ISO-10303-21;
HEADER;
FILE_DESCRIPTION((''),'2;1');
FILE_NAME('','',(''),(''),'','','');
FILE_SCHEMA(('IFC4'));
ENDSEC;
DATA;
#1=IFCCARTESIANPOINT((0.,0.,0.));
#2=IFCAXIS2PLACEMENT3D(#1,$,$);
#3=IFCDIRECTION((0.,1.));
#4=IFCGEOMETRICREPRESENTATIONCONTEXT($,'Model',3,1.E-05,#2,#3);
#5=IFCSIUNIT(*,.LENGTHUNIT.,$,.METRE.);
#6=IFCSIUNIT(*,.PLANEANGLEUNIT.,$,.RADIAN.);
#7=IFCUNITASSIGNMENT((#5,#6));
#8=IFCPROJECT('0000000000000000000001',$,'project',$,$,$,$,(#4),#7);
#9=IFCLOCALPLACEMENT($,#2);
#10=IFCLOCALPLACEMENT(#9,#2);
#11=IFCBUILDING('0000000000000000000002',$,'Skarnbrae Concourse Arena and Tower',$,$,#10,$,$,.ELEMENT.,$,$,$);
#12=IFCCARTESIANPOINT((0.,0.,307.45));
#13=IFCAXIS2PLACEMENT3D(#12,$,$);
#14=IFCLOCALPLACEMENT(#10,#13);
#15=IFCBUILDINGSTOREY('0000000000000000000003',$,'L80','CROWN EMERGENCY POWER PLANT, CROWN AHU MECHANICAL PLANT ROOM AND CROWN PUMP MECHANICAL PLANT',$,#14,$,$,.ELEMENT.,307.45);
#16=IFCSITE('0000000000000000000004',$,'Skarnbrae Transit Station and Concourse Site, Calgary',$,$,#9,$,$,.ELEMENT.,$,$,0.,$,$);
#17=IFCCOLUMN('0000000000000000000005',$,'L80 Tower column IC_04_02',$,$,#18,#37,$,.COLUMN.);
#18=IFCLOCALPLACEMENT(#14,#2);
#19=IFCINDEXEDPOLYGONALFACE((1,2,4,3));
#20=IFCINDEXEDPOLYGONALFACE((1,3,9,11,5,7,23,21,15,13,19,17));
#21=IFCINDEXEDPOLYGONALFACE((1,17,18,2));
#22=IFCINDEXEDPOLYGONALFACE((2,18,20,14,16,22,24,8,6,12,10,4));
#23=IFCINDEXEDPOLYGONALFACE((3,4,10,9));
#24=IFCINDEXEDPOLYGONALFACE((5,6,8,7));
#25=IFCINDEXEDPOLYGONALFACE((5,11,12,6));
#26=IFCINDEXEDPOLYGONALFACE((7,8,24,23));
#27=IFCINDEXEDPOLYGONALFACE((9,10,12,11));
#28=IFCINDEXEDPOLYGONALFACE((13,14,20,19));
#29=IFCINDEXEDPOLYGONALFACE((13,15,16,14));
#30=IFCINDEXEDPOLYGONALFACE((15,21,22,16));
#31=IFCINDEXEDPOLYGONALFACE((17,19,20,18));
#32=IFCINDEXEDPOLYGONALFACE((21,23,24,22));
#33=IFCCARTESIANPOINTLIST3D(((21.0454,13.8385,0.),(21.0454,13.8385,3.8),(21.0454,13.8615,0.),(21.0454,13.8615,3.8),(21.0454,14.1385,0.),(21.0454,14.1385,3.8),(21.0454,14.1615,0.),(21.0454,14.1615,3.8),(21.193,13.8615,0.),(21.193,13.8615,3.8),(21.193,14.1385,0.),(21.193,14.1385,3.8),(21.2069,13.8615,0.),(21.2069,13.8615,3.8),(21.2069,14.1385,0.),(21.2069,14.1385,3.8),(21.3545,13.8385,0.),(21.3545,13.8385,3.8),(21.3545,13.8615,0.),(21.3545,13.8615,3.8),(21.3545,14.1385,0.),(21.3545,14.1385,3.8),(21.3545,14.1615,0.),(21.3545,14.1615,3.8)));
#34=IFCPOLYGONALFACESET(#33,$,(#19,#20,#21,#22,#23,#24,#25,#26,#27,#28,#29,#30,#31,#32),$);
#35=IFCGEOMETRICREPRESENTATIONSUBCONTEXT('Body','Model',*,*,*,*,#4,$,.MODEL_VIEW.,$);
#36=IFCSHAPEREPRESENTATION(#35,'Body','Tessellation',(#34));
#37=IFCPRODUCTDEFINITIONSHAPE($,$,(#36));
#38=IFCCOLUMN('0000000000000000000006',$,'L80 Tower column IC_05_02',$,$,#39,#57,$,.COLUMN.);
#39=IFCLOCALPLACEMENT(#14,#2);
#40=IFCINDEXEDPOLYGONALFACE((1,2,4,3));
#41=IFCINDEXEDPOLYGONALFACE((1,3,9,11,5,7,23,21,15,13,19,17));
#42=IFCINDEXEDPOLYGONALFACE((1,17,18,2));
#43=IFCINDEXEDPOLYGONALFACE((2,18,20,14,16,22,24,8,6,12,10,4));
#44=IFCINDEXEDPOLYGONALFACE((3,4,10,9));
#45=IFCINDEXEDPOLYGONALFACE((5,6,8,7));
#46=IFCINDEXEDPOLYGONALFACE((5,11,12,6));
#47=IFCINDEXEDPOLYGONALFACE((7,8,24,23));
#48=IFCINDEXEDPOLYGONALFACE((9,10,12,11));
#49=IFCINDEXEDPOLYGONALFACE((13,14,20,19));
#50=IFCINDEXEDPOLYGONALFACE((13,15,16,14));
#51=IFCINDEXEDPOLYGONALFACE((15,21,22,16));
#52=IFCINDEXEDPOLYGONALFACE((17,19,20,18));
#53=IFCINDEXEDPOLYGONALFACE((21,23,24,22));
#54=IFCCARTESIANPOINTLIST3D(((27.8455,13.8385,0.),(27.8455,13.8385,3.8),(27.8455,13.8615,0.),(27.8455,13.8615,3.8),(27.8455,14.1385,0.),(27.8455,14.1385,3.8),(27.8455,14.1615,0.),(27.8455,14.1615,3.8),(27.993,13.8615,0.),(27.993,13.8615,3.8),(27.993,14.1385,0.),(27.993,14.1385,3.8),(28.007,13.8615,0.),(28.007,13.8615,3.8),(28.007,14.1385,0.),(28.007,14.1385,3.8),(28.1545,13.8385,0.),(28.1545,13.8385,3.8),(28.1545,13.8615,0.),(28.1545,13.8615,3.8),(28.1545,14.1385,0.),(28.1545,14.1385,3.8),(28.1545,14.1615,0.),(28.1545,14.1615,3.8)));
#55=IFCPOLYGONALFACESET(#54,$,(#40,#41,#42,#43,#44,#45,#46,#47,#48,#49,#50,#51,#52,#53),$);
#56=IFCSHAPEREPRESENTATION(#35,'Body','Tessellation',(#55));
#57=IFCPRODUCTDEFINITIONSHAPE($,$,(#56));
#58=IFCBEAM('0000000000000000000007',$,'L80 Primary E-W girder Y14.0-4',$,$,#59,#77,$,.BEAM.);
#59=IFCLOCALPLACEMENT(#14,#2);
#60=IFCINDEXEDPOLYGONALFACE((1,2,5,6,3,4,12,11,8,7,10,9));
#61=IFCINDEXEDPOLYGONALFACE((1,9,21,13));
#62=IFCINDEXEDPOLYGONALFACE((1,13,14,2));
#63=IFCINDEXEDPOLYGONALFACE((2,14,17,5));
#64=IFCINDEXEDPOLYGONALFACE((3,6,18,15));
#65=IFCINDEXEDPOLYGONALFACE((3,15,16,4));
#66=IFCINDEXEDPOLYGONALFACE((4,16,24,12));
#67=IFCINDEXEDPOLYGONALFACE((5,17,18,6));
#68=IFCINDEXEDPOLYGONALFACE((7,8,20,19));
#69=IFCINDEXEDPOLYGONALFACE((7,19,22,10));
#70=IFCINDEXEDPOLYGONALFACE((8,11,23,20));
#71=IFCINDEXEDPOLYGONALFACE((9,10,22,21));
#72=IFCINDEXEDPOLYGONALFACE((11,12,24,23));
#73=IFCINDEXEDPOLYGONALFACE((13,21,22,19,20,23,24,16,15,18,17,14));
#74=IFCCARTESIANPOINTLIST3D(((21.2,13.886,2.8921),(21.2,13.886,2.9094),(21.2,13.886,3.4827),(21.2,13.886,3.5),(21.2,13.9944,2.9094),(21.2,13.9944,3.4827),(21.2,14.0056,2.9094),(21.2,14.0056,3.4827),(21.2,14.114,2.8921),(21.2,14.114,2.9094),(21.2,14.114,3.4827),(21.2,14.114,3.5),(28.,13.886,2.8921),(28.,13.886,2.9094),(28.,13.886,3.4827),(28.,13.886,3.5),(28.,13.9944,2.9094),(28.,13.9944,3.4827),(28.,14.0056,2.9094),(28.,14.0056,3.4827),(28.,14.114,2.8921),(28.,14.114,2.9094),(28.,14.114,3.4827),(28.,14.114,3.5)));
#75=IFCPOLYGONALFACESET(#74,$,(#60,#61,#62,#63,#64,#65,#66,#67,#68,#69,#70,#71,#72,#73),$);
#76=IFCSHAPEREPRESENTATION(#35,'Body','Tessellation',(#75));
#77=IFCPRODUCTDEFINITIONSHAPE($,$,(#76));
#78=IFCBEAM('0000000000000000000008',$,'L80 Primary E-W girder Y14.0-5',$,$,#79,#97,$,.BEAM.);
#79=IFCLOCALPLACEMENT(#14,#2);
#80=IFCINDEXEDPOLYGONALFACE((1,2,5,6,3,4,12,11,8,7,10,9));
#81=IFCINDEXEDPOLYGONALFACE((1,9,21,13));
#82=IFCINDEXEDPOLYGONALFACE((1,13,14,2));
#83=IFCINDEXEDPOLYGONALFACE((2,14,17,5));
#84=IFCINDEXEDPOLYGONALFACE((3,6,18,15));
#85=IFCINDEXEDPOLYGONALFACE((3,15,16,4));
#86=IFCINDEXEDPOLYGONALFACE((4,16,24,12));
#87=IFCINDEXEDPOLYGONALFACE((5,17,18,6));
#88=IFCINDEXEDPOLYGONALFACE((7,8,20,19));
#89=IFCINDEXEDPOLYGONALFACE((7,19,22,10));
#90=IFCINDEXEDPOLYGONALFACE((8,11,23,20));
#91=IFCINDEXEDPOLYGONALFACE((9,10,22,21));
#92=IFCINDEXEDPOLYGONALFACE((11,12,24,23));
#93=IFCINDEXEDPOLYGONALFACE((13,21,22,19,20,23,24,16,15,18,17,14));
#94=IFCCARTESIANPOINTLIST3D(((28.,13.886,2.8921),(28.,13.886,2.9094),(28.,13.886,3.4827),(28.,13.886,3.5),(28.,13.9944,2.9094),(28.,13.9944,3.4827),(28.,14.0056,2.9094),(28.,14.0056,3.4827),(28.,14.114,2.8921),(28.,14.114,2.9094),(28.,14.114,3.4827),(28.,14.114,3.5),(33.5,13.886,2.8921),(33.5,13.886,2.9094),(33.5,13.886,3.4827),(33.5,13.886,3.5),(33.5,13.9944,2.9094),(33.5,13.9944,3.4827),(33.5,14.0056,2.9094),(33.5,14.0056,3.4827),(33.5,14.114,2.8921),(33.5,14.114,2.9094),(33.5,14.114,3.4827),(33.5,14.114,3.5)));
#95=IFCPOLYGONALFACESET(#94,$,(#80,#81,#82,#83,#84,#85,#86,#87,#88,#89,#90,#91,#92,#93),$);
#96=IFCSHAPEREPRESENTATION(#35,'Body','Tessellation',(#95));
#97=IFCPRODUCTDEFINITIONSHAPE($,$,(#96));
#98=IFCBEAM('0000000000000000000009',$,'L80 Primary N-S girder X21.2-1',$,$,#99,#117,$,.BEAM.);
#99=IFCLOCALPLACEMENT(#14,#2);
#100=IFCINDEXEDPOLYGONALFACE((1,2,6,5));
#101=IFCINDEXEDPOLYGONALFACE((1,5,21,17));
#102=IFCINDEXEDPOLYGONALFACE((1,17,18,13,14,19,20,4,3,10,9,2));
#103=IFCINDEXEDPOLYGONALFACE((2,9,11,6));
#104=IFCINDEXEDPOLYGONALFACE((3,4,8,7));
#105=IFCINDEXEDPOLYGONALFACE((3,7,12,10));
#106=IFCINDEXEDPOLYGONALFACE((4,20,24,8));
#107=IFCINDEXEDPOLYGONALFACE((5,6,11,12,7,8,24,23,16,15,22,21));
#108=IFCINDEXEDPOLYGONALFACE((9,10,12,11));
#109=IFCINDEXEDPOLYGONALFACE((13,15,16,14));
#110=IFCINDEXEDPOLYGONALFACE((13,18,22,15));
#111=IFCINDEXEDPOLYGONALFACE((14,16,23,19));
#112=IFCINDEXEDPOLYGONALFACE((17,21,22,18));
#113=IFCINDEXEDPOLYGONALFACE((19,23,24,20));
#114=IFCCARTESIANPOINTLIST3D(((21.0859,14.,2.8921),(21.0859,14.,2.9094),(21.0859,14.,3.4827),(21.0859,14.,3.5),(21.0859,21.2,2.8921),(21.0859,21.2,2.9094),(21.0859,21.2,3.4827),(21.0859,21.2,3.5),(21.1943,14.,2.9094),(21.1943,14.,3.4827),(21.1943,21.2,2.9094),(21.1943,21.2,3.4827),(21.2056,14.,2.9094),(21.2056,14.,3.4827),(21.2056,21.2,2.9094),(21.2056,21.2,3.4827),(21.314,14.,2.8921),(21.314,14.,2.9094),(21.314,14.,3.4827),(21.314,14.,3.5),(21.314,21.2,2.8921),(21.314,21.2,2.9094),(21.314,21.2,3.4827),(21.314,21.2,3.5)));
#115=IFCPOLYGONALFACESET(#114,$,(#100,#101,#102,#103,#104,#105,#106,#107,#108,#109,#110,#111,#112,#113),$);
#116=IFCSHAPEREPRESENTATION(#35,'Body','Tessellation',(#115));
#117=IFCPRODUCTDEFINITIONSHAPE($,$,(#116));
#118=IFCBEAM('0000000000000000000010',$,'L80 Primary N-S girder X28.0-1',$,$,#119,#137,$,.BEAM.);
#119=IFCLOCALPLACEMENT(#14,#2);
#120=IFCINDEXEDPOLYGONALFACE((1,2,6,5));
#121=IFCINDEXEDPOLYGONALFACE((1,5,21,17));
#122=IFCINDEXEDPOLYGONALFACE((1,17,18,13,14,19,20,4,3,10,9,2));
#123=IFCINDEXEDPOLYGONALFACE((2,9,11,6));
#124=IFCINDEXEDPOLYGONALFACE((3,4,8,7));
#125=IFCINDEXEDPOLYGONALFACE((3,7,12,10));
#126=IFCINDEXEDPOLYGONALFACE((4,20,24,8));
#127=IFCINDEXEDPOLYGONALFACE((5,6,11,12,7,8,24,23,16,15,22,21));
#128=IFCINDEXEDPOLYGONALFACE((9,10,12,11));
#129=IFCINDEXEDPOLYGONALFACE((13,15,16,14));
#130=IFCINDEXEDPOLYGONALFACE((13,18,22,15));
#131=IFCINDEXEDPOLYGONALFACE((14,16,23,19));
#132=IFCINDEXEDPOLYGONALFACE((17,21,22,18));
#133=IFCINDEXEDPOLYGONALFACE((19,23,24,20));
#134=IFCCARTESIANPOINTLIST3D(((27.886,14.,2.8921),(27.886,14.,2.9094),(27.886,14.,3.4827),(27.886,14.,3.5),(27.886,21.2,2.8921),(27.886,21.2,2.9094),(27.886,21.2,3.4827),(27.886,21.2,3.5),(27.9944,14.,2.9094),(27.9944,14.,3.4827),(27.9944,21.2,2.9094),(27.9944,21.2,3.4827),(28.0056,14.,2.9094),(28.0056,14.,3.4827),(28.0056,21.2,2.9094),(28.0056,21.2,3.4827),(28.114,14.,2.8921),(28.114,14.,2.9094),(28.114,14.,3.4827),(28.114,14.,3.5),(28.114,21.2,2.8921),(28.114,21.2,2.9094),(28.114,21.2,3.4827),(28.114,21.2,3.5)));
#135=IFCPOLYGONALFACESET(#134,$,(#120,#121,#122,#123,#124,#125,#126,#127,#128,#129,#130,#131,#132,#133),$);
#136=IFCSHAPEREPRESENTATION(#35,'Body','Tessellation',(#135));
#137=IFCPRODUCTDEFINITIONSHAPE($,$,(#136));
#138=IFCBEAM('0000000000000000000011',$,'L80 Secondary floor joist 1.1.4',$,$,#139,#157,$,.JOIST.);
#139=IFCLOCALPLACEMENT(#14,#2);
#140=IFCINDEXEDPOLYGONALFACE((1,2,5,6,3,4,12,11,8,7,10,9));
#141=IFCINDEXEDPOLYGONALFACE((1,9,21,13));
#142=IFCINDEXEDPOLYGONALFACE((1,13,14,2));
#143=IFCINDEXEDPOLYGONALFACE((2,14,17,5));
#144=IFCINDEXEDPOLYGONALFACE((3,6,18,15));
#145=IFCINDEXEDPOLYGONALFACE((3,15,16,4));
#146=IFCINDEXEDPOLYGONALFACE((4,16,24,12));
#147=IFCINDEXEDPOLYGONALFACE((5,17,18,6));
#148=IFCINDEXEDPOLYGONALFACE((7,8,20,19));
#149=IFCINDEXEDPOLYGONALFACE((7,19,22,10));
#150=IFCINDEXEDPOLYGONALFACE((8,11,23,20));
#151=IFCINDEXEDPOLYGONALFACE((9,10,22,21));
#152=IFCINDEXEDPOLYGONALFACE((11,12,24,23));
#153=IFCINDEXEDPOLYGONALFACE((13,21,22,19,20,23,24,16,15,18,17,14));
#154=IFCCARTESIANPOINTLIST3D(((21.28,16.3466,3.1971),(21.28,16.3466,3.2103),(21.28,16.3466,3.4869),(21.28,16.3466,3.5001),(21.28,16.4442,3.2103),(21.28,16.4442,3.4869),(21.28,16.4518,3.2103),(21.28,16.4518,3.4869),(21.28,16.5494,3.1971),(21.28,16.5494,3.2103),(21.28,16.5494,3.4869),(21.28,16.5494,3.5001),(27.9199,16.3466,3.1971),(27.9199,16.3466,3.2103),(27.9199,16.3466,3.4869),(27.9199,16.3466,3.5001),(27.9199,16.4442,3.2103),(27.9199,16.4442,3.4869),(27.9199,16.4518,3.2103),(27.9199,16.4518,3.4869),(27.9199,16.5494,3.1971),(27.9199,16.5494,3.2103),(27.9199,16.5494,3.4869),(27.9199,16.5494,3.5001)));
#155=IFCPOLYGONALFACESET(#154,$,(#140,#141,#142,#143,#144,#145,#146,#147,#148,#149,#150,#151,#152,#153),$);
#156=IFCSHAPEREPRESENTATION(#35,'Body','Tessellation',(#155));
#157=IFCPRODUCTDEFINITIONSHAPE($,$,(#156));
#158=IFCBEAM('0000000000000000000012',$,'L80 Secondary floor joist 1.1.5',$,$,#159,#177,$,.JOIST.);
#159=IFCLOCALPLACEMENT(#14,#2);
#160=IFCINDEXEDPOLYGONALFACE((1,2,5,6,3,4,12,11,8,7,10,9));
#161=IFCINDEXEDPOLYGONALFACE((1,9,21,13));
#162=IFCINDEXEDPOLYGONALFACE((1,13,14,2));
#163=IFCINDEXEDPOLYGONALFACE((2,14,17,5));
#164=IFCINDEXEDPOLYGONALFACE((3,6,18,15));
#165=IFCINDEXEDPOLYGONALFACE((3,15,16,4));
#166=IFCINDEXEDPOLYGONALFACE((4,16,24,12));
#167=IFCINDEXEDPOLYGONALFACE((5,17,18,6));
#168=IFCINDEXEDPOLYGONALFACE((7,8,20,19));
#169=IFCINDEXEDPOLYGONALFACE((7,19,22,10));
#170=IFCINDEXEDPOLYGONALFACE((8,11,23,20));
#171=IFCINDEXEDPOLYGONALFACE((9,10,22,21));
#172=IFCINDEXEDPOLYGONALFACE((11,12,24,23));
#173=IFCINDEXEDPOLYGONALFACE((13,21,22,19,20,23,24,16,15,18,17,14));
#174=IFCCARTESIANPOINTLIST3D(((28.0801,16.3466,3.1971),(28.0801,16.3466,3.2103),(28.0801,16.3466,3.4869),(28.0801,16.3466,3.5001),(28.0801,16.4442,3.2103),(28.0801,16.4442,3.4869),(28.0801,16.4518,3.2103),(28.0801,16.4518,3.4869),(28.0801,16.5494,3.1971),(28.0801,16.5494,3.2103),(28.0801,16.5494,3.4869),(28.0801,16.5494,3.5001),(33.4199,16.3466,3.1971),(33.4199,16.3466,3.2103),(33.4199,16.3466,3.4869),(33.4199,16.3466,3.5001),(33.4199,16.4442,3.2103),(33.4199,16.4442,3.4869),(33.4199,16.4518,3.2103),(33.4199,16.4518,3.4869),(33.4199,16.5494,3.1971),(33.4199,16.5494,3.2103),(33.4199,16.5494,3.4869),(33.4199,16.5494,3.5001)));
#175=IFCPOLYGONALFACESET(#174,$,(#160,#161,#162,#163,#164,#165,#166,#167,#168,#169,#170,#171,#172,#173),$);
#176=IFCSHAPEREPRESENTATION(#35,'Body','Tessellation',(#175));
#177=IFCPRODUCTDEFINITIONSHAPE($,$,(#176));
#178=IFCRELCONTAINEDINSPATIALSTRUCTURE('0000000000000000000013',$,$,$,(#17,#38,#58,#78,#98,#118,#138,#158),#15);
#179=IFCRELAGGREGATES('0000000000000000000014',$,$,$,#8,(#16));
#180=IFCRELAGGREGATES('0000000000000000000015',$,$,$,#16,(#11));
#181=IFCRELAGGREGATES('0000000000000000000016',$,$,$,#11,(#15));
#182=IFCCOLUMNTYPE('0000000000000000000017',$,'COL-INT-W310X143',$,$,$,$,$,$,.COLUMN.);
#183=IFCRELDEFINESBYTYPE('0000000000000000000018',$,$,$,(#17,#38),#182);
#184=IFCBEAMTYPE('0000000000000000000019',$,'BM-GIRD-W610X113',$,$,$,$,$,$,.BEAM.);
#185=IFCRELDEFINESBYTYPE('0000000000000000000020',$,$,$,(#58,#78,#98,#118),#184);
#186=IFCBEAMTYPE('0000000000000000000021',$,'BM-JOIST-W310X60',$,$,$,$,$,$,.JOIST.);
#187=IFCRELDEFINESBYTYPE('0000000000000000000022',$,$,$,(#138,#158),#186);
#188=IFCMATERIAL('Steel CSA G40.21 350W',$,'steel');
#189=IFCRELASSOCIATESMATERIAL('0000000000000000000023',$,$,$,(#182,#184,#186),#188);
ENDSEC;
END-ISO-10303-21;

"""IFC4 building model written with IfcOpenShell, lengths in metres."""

from ifc_helpers import new_model, si_unit, direction, frame, origin, origin_2d, place, context, subcontext, project, spatial, i_section, extrude, source, transform, mapped, material, material_profile, profile_set, type_object, element, save


model = new_model("IFC4")

# Units and contexts
model_context = context("Model", 3, precision=1e-05, world=origin(), true_north=direction((0.0, 1.0)))
body_context = subcontext(model_context, "Body", "Model", "MODEL_VIEW")
ifc_project = project(units=[si_unit("LENGTHUNIT", "METRE"), si_unit("PLANEANGLEUNIT", "RADIAN")], contexts=[model_context])

# Site, building, storey
site_placement = place(None, origin())
site = spatial("IfcSite", under=ifc_project, at=site_placement, Name="Skarnbrae Transit Station and Concourse Site, Calgary", CompositionType="ELEMENT", RefElevation=0.0)
building_placement = place(site_placement, origin())
building = spatial("IfcBuilding", under=site, at=building_placement, Name="Skarnbrae Concourse Arena and Tower", CompositionType="ELEMENT")
storey_placement = place(building_placement, frame((0.0, 0.0, 307.45)))
storey = spatial("IfcBuildingStorey", under=building, at=storey_placement, Name="L80", Description="CROWN EMERGENCY POWER PLANT, CROWN AHU MECHANICAL PLANT ROOM AND CROWN PUMP MECHANICAL PLANT", CompositionType="ELEMENT", Elevation=307.45)

# Columns
ifc_material_1 = material(Name="Steel CSA G40.21 350W", Category="steel")
ifc_material_profile_1 = material_profile(ifc_material_1, i_section(OverallWidth=0.3091, OverallDepth=0.323, WebThickness=0.0139, FlangeThickness=0.0229, at=origin_2d()), Name="W310X143")
ifc_profile_set_1 = profile_set([ifc_material_profile_1], Name="Steel CSA G40.21 350W")
column_type = type_object("IfcColumnType", Name="COL-INT-W310X143", PredefinedType="COLUMN", material=ifc_profile_set_1)
shared_shape_1 = source(origin(), body_context, "Body", "SweptSolid", [
    extrude(i_section(OverallWidth=0.3091, OverallDepth=0.323, WebThickness=0.0139, FlangeThickness=0.0229, at=origin_2d()), origin(), (0.0, 0.0, 1.0), 3.8),
])
for number, where, z_axis, x_axis, name in (
    (1, (21.2, 14.0, 0.0), (0.0, 0.0, 1.0), (1.0, 0.0, 0.0), "L80 Tower column IC_04_02"),
    (2, (28.0, 14.0, 0.0), (0.0, 0.0, 1.0), (1.0, 0.0, 0.0), "L80 Tower column IC_05_02"),
):
    element("IfcColumn", number, at=place(storey_placement, frame(where, z_axis=z_axis, x_axis=x_axis)), inside=storey, type_object=column_type, Name=name, PredefinedType="COLUMN", context=body_context, shape_type="MappedRepresentation", body=[
        mapped(shared_shape_1, transform((0.0, 0.0, 0.0))),
    ])

# Beams
ifc_material_profile_2 = material_profile(ifc_material_1, i_section(OverallWidth=0.228, OverallDepth=0.6079, WebThickness=0.0112, FlangeThickness=0.0173, at=origin_2d()), Name="W610X113")
ifc_profile_set_2 = profile_set([ifc_material_profile_2], Name="Steel CSA G40.21 350W")
beam_type_1 = type_object("IfcBeamType", Name="BM-GIRD-W610X113", PredefinedType="BEAM", material=ifc_profile_set_2)
shared_shape_2 = source(origin(), body_context, "Body", "SweptSolid", [
    extrude(i_section(OverallWidth=0.228, OverallDepth=0.6079, WebThickness=0.0112, FlangeThickness=0.0173, at=origin_2d()), origin(), (0.0, 0.0, 1.0), 6.8),
])
beam_1_placement = place(storey_placement, frame((21.2, 14.0, 3.196), z_axis=(1.0, 0.0, 0.0), x_axis=(0.0, 1.0, 0.0)))
element("IfcBeam", 3, at=beam_1_placement, inside=storey, type_object=beam_type_1, Name="L80 Primary E-W girder Y14.0-4", PredefinedType="BEAM", context=body_context, shape_type="MappedRepresentation", body=[
    mapped(shared_shape_2, transform((0.0, 0.0, 0.0))),
])
shared_shape_3 = source(origin(), body_context, "Body", "SweptSolid", [
    extrude(i_section(OverallWidth=0.228, OverallDepth=0.6079, WebThickness=0.0112, FlangeThickness=0.0173, at=origin_2d()), origin(), (0.0, 0.0, 1.0), 5.5),
])
beam_2_placement = place(storey_placement, frame((28.0, 14.0, 3.196), z_axis=(1.0, 0.0, 0.0), x_axis=(0.0, 1.0, 0.0)))
element("IfcBeam", 4, at=beam_2_placement, inside=storey, type_object=beam_type_1, Name="L80 Primary E-W girder Y14.0-5", PredefinedType="BEAM", context=body_context, shape_type="MappedRepresentation", body=[
    mapped(shared_shape_3, transform((0.0, 0.0, 0.0))),
])
shared_shape_4 = source(origin(), body_context, "Body", "SweptSolid", [
    extrude(i_section(OverallWidth=0.228, OverallDepth=0.6079, WebThickness=0.0112, FlangeThickness=0.0173, at=origin_2d()), origin(), (0.0, 0.0, 1.0), 7.2),
])
for number, where, z_axis, x_axis, name in (
    (5, (21.2, 14.0, 3.196), (0.0, 1.0, 0.0), (-1.0, 0.0, 0.0), "L80 Primary N-S girder X21.2-1"),
    (6, (28.0, 14.0, 3.196), (0.0, 1.0, 0.0), (-1.0, 0.0, 0.0), "L80 Primary N-S girder X28.0-1"),
):
    element("IfcBeam", number, at=place(storey_placement, frame(where, z_axis=z_axis, x_axis=x_axis)), inside=storey, type_object=beam_type_1, Name=name, PredefinedType="BEAM", context=body_context, shape_type="MappedRepresentation", body=[
        mapped(shared_shape_4, transform((0.0, 0.0, 0.0))),
    ])
ifc_material_profile_3 = material_profile(ifc_material_1, i_section(OverallWidth=0.2029, OverallDepth=0.303, WebThickness=0.0076, FlangeThickness=0.0132, at=origin_2d()), Name="W310X60")
ifc_profile_set_3 = profile_set([ifc_material_profile_3], Name="Steel CSA G40.21 350W")
beam_type_2 = type_object("IfcBeamType", Name="BM-JOIST-W310X60", PredefinedType="JOIST", material=ifc_profile_set_3)
shared_shape_5 = source(origin(), body_context, "Body", "SweptSolid", [
    extrude(i_section(OverallWidth=0.2029, OverallDepth=0.303, WebThickness=0.0076, FlangeThickness=0.0132, at=origin_2d()), origin(), (0.0, 0.0, 1.0), 6.6399),
])
beam_3_placement = place(storey_placement, frame((21.28, 16.448, 3.3486), z_axis=(1.0, 0.0, 0.0), x_axis=(0.0, 1.0, 0.0)))
element("IfcBeam", 7, at=beam_3_placement, inside=storey, type_object=beam_type_2, Name="L80 Secondary floor joist 1.1.4", PredefinedType="JOIST", context=body_context, shape_type="MappedRepresentation", body=[
    mapped(shared_shape_5, transform((0.0, 0.0, 0.0))),
])
shared_shape_6 = source(origin(), body_context, "Body", "SweptSolid", [
    extrude(i_section(OverallWidth=0.2029, OverallDepth=0.303, WebThickness=0.0076, FlangeThickness=0.0132, at=origin_2d()), origin(), (0.0, 0.0, 1.0), 5.3398),
])
beam_4_placement = place(storey_placement, frame((28.0801, 16.448, 3.3486), z_axis=(1.0, 0.0, 0.0), x_axis=(0.0, 1.0, 0.0)))
element("IfcBeam", 8, at=beam_4_placement, inside=storey, type_object=beam_type_2, Name="L80 Secondary floor joist 1.1.5", PredefinedType="JOIST", context=body_context, shape_type="MappedRepresentation", body=[
    mapped(shared_shape_6, transform((0.0, 0.0, 0.0))),
])

save(model, "model.ifc")
